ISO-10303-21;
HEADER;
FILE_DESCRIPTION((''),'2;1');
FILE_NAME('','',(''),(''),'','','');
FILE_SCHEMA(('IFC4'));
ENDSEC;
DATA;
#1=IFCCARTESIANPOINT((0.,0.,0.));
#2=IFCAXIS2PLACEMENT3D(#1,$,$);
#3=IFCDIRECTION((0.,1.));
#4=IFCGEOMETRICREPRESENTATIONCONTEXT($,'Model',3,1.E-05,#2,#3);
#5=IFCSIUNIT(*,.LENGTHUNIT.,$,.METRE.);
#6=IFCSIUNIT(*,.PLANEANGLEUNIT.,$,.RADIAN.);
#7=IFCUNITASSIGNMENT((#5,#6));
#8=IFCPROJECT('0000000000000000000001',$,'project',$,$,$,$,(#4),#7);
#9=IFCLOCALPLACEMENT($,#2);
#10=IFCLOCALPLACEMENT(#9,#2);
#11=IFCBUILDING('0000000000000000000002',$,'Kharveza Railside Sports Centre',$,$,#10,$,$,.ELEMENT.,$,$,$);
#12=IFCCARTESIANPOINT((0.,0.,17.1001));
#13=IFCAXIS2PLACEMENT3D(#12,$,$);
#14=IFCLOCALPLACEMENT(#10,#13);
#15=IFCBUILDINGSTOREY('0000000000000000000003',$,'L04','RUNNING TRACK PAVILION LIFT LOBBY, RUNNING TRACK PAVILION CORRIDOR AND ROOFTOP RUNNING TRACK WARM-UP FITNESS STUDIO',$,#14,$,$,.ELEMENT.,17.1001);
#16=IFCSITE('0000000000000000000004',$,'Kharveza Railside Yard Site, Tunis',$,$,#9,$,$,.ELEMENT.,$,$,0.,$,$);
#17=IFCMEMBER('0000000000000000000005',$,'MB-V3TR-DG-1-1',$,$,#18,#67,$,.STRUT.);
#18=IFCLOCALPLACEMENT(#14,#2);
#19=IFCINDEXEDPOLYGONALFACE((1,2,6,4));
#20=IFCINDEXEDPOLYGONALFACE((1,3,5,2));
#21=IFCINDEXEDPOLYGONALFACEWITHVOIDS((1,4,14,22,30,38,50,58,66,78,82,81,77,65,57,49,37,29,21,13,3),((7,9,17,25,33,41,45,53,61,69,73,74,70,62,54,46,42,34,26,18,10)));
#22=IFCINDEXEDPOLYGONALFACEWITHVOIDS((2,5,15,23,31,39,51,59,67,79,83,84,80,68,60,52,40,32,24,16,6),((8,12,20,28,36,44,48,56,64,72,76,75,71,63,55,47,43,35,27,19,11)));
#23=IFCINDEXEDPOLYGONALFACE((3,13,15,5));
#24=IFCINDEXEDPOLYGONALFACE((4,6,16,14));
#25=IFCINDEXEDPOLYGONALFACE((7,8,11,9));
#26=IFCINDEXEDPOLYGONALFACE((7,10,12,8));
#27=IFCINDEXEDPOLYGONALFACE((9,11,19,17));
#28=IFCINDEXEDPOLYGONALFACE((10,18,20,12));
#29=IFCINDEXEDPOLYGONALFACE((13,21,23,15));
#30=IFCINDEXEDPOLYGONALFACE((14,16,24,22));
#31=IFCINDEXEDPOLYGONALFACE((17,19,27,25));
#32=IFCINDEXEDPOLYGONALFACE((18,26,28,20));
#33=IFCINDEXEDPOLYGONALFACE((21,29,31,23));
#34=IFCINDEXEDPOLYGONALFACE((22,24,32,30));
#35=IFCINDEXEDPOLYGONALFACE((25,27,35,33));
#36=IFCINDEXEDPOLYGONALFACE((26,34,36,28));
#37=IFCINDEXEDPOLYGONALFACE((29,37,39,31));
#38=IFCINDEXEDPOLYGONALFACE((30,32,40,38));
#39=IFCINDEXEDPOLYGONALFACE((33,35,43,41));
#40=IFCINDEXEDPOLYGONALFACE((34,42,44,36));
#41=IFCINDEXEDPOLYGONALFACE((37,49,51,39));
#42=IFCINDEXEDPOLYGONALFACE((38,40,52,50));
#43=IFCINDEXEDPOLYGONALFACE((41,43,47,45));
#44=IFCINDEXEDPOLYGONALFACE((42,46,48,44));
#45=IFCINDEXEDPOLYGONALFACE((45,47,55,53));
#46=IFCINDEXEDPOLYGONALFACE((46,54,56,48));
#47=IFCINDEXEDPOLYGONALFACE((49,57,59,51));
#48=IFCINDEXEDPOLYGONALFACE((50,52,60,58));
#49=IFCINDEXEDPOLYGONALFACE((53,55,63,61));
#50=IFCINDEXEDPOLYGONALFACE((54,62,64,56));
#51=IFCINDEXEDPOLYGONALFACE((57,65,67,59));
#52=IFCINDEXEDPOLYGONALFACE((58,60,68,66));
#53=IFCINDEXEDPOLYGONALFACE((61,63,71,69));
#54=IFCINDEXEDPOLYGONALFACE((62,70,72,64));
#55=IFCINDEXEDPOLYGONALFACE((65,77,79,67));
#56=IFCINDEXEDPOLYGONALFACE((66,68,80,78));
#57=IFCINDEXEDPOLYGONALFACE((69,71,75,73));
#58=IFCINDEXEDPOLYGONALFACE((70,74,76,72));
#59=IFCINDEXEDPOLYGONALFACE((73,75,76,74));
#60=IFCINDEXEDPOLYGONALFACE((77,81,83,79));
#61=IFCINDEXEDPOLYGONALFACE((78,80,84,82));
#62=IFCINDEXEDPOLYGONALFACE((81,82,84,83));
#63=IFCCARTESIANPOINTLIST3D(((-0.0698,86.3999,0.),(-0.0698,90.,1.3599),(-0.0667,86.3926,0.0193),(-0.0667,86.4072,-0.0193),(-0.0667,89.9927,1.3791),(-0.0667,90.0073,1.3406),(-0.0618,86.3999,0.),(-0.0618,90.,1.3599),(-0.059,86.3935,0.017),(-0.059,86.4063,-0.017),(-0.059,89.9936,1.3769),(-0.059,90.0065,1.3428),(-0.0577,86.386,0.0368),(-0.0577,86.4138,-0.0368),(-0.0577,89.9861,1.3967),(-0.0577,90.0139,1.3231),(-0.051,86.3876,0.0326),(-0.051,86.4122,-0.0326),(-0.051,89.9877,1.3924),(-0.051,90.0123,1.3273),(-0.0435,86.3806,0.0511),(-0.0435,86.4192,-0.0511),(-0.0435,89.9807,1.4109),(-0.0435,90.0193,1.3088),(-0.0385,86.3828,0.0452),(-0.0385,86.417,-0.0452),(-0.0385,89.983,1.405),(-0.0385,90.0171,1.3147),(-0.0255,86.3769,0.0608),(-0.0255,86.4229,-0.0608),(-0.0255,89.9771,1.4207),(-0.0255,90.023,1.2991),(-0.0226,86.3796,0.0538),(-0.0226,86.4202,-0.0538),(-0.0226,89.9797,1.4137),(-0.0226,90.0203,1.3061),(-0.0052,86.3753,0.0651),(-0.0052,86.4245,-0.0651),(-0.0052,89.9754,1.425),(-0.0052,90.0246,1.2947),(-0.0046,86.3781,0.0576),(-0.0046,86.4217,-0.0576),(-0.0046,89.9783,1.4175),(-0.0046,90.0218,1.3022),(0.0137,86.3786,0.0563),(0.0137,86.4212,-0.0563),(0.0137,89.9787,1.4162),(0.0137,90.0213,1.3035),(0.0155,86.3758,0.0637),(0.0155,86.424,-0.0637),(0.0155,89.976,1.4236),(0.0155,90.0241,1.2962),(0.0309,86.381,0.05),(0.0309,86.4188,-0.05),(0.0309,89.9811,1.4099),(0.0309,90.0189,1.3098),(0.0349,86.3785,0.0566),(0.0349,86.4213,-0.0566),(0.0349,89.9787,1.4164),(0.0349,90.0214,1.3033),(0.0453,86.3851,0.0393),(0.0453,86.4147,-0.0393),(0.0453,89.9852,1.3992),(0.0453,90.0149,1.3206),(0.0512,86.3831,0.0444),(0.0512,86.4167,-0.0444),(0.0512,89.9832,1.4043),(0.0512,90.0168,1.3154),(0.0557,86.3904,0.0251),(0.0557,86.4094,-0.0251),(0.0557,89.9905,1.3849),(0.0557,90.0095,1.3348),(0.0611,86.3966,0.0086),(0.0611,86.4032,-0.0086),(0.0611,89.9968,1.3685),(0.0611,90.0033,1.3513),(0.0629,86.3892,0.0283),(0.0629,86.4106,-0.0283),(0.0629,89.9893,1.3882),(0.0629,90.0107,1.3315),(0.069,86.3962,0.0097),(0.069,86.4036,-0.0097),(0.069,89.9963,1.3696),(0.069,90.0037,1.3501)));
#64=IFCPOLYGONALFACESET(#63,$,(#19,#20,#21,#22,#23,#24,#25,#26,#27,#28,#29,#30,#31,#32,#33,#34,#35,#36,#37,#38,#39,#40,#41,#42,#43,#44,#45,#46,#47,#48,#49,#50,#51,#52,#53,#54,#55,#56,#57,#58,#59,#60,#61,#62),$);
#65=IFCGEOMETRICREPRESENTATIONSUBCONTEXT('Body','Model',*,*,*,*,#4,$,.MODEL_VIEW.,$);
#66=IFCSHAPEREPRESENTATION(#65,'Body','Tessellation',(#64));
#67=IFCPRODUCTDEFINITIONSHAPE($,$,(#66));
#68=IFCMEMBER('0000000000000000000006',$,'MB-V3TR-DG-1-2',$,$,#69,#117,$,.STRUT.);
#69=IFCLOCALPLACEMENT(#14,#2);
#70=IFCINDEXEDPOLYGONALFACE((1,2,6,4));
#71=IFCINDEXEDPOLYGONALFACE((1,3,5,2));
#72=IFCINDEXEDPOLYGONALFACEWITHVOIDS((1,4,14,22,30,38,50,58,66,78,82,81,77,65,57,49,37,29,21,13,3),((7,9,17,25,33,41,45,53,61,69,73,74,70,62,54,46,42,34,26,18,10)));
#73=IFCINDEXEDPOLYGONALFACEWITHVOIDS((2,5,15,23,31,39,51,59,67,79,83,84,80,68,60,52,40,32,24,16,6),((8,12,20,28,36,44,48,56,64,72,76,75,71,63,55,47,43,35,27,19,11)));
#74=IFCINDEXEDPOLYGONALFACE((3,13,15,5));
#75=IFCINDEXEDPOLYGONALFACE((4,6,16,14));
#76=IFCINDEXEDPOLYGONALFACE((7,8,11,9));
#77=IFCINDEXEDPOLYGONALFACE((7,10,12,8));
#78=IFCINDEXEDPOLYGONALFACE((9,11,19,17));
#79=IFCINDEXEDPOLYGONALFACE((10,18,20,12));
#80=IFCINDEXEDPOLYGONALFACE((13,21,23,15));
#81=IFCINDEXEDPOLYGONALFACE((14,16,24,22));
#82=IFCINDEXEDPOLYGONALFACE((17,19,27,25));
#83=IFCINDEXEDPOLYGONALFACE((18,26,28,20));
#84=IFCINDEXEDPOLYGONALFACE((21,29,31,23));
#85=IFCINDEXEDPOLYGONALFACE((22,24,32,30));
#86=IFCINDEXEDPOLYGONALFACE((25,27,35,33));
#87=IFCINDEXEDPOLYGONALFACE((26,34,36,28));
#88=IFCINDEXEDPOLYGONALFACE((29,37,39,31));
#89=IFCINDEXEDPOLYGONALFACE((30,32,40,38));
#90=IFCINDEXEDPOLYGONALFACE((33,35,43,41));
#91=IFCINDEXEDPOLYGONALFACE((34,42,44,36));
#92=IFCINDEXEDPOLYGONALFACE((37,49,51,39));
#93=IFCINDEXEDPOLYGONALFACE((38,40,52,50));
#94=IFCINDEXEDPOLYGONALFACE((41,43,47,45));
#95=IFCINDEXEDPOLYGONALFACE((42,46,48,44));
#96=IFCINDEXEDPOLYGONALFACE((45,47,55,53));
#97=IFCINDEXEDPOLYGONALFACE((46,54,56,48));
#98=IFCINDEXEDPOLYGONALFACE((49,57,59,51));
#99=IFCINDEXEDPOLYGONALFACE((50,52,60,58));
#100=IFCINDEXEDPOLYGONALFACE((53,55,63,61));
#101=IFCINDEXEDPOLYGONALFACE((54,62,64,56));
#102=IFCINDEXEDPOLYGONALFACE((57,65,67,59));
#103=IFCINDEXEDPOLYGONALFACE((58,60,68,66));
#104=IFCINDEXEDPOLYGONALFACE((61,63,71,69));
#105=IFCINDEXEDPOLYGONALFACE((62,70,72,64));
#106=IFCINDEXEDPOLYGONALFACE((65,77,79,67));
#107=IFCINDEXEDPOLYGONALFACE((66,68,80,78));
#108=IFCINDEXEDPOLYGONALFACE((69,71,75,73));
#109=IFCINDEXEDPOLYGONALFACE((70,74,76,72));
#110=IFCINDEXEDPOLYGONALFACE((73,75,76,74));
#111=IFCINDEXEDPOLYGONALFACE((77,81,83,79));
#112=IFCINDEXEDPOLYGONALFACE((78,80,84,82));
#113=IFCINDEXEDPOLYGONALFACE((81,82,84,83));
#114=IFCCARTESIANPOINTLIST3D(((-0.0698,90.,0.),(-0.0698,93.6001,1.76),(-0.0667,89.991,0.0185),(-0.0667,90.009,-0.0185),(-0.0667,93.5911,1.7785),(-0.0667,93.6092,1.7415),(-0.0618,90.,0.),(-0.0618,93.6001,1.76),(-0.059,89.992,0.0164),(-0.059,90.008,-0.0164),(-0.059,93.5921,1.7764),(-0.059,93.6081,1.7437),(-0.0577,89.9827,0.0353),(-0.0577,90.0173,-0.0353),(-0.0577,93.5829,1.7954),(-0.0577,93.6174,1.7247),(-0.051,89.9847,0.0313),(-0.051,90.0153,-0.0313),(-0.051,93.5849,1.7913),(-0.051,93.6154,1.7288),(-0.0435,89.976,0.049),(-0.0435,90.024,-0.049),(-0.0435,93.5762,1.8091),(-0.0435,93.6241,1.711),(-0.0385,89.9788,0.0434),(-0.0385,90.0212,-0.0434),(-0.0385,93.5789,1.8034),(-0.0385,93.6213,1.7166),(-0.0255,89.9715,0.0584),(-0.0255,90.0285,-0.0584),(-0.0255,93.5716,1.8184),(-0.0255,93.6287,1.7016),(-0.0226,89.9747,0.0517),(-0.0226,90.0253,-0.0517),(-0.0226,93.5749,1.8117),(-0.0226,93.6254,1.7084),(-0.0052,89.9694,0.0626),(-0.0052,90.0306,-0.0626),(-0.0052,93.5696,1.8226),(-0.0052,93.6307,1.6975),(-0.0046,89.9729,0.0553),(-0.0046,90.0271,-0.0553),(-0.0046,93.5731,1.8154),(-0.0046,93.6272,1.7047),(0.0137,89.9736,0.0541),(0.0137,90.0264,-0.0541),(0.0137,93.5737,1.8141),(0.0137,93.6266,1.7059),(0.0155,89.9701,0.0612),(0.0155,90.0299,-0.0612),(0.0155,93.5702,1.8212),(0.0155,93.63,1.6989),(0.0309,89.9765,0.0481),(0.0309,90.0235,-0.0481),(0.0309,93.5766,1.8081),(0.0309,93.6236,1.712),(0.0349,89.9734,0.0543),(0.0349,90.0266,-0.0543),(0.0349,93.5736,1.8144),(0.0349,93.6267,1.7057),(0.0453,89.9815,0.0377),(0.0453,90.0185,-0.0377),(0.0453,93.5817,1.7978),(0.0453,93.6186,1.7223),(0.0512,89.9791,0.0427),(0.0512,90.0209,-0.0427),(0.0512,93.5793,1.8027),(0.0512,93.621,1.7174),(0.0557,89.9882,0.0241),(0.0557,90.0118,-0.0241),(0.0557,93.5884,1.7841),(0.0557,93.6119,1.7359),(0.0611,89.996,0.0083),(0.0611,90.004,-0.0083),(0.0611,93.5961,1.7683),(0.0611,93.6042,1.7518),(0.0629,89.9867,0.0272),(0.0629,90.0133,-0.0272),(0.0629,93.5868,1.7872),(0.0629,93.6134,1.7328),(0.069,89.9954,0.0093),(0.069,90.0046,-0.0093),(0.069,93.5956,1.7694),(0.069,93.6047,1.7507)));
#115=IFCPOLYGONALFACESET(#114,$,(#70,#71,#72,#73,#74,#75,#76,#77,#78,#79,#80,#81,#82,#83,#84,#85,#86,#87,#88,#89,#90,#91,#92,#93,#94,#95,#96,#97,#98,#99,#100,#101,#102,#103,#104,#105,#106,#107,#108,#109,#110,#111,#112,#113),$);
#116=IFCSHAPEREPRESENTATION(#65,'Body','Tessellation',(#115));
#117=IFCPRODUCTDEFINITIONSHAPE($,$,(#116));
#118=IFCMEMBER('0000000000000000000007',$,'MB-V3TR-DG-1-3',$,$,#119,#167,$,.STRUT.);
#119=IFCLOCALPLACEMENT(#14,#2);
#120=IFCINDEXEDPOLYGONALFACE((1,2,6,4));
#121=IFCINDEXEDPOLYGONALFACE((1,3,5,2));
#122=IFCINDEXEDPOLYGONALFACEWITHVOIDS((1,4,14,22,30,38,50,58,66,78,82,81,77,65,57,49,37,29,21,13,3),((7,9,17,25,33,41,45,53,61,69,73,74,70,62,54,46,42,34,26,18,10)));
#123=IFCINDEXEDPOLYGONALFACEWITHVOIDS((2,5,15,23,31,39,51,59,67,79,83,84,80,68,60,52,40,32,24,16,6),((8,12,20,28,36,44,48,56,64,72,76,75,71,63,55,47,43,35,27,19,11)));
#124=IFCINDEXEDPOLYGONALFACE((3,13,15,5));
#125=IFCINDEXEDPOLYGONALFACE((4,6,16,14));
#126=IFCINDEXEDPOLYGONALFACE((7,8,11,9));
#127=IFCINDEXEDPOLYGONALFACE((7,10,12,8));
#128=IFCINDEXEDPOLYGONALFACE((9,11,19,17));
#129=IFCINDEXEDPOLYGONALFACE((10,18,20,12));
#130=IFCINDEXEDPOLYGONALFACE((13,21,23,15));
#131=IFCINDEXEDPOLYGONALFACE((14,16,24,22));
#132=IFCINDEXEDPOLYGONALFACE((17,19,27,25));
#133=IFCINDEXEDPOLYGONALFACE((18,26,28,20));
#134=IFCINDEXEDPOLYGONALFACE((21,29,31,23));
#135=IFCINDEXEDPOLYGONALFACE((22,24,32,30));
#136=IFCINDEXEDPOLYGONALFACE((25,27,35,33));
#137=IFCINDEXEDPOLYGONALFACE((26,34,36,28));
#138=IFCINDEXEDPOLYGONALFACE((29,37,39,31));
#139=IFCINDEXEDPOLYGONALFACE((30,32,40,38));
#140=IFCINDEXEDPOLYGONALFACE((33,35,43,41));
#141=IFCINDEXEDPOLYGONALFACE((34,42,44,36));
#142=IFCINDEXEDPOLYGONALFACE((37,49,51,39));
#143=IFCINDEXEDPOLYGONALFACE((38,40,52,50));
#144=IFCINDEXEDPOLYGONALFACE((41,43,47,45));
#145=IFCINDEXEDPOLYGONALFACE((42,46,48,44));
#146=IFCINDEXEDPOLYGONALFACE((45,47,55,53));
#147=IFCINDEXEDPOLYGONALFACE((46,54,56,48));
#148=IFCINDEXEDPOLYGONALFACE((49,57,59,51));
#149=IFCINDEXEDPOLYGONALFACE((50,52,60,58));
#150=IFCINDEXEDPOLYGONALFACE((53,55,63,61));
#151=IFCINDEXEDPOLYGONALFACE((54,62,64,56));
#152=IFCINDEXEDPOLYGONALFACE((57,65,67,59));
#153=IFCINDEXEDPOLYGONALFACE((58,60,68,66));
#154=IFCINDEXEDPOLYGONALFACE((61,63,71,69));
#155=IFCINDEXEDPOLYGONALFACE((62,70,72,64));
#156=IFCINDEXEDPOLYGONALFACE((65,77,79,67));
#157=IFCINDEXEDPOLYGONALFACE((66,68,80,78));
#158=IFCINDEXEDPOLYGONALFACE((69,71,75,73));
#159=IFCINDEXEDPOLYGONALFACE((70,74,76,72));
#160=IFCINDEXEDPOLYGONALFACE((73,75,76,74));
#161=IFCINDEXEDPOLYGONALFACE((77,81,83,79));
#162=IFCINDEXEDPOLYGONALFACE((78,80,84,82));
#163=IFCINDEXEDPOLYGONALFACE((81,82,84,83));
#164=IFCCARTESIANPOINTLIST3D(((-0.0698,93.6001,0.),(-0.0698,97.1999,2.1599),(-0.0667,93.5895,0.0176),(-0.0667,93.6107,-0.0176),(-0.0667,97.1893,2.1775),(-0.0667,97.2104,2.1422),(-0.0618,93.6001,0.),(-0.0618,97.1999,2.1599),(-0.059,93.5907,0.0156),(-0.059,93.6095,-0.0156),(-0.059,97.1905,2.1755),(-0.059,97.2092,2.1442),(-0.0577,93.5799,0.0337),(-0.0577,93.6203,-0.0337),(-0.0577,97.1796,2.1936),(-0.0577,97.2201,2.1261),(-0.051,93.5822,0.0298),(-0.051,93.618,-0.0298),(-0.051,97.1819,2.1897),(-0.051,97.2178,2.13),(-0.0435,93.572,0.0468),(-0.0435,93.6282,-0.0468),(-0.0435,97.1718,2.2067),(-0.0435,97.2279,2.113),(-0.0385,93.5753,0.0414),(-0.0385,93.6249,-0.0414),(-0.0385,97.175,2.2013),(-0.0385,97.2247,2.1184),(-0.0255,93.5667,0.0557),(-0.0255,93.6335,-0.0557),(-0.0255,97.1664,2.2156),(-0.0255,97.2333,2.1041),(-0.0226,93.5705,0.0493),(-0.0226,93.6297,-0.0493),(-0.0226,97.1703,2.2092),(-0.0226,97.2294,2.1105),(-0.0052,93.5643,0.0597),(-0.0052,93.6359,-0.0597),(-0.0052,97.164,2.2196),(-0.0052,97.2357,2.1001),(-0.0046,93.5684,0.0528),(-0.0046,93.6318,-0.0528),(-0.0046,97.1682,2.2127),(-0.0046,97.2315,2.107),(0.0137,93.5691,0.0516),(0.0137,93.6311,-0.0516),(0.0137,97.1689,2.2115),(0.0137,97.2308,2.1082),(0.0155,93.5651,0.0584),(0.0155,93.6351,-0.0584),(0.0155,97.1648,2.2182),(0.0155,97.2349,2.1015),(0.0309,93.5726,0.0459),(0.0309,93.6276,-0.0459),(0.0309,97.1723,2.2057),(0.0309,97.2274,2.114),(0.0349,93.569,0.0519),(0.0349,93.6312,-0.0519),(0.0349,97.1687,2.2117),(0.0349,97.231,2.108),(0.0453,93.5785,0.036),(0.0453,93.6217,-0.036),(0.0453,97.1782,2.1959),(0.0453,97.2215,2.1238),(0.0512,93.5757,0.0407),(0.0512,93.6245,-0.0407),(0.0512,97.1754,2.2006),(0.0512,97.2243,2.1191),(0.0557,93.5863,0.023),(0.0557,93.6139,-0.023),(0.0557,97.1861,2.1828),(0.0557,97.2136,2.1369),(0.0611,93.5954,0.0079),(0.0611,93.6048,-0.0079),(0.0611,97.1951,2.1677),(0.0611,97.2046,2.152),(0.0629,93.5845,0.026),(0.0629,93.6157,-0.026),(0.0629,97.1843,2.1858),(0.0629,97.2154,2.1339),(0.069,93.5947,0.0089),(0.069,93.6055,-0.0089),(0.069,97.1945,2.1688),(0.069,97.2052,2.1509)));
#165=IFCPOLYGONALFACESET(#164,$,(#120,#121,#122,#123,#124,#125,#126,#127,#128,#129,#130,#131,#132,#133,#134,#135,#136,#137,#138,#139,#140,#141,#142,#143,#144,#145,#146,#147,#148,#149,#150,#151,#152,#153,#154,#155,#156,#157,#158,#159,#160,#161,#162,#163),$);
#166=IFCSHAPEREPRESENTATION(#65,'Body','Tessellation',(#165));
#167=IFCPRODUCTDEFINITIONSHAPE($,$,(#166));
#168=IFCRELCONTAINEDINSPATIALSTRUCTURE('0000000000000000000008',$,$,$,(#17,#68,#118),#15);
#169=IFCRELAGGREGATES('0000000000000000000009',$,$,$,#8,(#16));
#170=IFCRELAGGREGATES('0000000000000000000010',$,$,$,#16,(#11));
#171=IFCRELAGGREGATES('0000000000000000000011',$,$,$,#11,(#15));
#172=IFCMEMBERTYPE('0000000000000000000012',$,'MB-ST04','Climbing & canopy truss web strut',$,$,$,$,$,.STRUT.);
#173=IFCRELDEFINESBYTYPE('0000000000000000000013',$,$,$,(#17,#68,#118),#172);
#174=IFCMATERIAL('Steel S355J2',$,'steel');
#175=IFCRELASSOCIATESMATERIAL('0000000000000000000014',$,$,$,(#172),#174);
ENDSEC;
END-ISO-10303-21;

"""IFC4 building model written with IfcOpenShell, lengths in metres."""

from ifc_helpers import new_model, si_unit, direction, frame, origin, origin_2d, place, context, subcontext, project, spatial, hollow_circle, extrude, material, material_profile, profile_set, type_object, element, save


model = new_model("IFC4")

# Units and contexts
model_context = context("Model", 3, precision=1e-05, world=origin(), true_north=direction((0.0, 1.0)))
body_context = subcontext(model_context, "Body", "Model", "MODEL_VIEW")
ifc_project = project(units=[si_unit("LENGTHUNIT", "METRE"), si_unit("PLANEANGLEUNIT", "RADIAN")], contexts=[model_context])

# Site, building, storey
site_placement = place(None, origin())
site = spatial("IfcSite", under=ifc_project, at=site_placement, Name="Kharveza Railside Yard Site, Tunis", CompositionType="ELEMENT", RefElevation=0.0)
building_placement = place(site_placement, origin())
building = spatial("IfcBuilding", under=site, at=building_placement, Name="Kharveza Railside Sports Centre", CompositionType="ELEMENT")
storey_placement = place(building_placement, frame((0.0, 0.0, 17.1001)))
storey = spatial("IfcBuildingStorey", under=building, at=storey_placement, Name="L04", Description="RUNNING TRACK PAVILION LIFT LOBBY, RUNNING TRACK PAVILION CORRIDOR AND ROOFTOP RUNNING TRACK WARM-UP FITNESS STUDIO", CompositionType="ELEMENT", Elevation=17.1001)

# Members
ifc_material_1 = material(Name="Steel S355J2", Category="steel")
ifc_material_profile_1 = material_profile(ifc_material_1, hollow_circle(Radius=0.0698, WallThickness=0.0081, at=origin_2d()), Name="CHS 139.7x8.0")
ifc_profile_set_1 = profile_set([ifc_material_profile_1], Name="Steel S355J2")
member_type_1 = type_object("IfcMemberType", Name="MB-ST04", Description="Climbing & canopy truss web strut", PredefinedType="STRUT", material=ifc_profile_set_1)
member_1_placement = place(storey_placement, frame((0.0, 86.3999, 0.0), z_axis=(0.0, 0.935487, 0.353361), x_axis=(-1.0, 0.0, 0.0)))
element("IfcMember", 1, at=member_1_placement, inside=storey, type_object=member_type_1, Name="MB-V3TR-DG-1-1", PredefinedType="STRUT", context=body_context, shape_type="SweptSolid", body=[
    extrude(hollow_circle(Radius=0.0698, WallThickness=0.0081, at=origin_2d()), origin(), (0.0, 0.0, 1.0), 3.8484),
])
member_2_placement = place(storey_placement, frame((0.0, 90.0, 0.0), z_axis=(0.0, 0.898388, 0.439202), x_axis=(-1.0, 0.0, 0.0)))
element("IfcMember", 2, at=member_2_placement, inside=storey, type_object=member_type_1, Name="MB-V3TR-DG-1-2", PredefinedType="STRUT", context=body_context, shape_type="SweptSolid", body=[
    extrude(hollow_circle(Radius=0.0698, WallThickness=0.0081, at=origin_2d()), origin(), (0.0, 0.0, 1.0), 4.0073),
])
member_3_placement = place(storey_placement, frame((0.0, 93.6001, 0.0), z_axis=(0.0, 0.857493, 0.514496), x_axis=(-1.0, 0.0, 0.0)))
element("IfcMember", 3, at=member_3_placement, inside=storey, type_object=member_type_1, Name="MB-V3TR-DG-1-3", PredefinedType="STRUT", context=body_context, shape_type="SweptSolid", body=[
    extrude(hollow_circle(Radius=0.0698, WallThickness=0.0081, at=origin_2d()), origin(), (0.0, 0.0, 1.0), 4.198),
])

save(model, "model.ifc")
